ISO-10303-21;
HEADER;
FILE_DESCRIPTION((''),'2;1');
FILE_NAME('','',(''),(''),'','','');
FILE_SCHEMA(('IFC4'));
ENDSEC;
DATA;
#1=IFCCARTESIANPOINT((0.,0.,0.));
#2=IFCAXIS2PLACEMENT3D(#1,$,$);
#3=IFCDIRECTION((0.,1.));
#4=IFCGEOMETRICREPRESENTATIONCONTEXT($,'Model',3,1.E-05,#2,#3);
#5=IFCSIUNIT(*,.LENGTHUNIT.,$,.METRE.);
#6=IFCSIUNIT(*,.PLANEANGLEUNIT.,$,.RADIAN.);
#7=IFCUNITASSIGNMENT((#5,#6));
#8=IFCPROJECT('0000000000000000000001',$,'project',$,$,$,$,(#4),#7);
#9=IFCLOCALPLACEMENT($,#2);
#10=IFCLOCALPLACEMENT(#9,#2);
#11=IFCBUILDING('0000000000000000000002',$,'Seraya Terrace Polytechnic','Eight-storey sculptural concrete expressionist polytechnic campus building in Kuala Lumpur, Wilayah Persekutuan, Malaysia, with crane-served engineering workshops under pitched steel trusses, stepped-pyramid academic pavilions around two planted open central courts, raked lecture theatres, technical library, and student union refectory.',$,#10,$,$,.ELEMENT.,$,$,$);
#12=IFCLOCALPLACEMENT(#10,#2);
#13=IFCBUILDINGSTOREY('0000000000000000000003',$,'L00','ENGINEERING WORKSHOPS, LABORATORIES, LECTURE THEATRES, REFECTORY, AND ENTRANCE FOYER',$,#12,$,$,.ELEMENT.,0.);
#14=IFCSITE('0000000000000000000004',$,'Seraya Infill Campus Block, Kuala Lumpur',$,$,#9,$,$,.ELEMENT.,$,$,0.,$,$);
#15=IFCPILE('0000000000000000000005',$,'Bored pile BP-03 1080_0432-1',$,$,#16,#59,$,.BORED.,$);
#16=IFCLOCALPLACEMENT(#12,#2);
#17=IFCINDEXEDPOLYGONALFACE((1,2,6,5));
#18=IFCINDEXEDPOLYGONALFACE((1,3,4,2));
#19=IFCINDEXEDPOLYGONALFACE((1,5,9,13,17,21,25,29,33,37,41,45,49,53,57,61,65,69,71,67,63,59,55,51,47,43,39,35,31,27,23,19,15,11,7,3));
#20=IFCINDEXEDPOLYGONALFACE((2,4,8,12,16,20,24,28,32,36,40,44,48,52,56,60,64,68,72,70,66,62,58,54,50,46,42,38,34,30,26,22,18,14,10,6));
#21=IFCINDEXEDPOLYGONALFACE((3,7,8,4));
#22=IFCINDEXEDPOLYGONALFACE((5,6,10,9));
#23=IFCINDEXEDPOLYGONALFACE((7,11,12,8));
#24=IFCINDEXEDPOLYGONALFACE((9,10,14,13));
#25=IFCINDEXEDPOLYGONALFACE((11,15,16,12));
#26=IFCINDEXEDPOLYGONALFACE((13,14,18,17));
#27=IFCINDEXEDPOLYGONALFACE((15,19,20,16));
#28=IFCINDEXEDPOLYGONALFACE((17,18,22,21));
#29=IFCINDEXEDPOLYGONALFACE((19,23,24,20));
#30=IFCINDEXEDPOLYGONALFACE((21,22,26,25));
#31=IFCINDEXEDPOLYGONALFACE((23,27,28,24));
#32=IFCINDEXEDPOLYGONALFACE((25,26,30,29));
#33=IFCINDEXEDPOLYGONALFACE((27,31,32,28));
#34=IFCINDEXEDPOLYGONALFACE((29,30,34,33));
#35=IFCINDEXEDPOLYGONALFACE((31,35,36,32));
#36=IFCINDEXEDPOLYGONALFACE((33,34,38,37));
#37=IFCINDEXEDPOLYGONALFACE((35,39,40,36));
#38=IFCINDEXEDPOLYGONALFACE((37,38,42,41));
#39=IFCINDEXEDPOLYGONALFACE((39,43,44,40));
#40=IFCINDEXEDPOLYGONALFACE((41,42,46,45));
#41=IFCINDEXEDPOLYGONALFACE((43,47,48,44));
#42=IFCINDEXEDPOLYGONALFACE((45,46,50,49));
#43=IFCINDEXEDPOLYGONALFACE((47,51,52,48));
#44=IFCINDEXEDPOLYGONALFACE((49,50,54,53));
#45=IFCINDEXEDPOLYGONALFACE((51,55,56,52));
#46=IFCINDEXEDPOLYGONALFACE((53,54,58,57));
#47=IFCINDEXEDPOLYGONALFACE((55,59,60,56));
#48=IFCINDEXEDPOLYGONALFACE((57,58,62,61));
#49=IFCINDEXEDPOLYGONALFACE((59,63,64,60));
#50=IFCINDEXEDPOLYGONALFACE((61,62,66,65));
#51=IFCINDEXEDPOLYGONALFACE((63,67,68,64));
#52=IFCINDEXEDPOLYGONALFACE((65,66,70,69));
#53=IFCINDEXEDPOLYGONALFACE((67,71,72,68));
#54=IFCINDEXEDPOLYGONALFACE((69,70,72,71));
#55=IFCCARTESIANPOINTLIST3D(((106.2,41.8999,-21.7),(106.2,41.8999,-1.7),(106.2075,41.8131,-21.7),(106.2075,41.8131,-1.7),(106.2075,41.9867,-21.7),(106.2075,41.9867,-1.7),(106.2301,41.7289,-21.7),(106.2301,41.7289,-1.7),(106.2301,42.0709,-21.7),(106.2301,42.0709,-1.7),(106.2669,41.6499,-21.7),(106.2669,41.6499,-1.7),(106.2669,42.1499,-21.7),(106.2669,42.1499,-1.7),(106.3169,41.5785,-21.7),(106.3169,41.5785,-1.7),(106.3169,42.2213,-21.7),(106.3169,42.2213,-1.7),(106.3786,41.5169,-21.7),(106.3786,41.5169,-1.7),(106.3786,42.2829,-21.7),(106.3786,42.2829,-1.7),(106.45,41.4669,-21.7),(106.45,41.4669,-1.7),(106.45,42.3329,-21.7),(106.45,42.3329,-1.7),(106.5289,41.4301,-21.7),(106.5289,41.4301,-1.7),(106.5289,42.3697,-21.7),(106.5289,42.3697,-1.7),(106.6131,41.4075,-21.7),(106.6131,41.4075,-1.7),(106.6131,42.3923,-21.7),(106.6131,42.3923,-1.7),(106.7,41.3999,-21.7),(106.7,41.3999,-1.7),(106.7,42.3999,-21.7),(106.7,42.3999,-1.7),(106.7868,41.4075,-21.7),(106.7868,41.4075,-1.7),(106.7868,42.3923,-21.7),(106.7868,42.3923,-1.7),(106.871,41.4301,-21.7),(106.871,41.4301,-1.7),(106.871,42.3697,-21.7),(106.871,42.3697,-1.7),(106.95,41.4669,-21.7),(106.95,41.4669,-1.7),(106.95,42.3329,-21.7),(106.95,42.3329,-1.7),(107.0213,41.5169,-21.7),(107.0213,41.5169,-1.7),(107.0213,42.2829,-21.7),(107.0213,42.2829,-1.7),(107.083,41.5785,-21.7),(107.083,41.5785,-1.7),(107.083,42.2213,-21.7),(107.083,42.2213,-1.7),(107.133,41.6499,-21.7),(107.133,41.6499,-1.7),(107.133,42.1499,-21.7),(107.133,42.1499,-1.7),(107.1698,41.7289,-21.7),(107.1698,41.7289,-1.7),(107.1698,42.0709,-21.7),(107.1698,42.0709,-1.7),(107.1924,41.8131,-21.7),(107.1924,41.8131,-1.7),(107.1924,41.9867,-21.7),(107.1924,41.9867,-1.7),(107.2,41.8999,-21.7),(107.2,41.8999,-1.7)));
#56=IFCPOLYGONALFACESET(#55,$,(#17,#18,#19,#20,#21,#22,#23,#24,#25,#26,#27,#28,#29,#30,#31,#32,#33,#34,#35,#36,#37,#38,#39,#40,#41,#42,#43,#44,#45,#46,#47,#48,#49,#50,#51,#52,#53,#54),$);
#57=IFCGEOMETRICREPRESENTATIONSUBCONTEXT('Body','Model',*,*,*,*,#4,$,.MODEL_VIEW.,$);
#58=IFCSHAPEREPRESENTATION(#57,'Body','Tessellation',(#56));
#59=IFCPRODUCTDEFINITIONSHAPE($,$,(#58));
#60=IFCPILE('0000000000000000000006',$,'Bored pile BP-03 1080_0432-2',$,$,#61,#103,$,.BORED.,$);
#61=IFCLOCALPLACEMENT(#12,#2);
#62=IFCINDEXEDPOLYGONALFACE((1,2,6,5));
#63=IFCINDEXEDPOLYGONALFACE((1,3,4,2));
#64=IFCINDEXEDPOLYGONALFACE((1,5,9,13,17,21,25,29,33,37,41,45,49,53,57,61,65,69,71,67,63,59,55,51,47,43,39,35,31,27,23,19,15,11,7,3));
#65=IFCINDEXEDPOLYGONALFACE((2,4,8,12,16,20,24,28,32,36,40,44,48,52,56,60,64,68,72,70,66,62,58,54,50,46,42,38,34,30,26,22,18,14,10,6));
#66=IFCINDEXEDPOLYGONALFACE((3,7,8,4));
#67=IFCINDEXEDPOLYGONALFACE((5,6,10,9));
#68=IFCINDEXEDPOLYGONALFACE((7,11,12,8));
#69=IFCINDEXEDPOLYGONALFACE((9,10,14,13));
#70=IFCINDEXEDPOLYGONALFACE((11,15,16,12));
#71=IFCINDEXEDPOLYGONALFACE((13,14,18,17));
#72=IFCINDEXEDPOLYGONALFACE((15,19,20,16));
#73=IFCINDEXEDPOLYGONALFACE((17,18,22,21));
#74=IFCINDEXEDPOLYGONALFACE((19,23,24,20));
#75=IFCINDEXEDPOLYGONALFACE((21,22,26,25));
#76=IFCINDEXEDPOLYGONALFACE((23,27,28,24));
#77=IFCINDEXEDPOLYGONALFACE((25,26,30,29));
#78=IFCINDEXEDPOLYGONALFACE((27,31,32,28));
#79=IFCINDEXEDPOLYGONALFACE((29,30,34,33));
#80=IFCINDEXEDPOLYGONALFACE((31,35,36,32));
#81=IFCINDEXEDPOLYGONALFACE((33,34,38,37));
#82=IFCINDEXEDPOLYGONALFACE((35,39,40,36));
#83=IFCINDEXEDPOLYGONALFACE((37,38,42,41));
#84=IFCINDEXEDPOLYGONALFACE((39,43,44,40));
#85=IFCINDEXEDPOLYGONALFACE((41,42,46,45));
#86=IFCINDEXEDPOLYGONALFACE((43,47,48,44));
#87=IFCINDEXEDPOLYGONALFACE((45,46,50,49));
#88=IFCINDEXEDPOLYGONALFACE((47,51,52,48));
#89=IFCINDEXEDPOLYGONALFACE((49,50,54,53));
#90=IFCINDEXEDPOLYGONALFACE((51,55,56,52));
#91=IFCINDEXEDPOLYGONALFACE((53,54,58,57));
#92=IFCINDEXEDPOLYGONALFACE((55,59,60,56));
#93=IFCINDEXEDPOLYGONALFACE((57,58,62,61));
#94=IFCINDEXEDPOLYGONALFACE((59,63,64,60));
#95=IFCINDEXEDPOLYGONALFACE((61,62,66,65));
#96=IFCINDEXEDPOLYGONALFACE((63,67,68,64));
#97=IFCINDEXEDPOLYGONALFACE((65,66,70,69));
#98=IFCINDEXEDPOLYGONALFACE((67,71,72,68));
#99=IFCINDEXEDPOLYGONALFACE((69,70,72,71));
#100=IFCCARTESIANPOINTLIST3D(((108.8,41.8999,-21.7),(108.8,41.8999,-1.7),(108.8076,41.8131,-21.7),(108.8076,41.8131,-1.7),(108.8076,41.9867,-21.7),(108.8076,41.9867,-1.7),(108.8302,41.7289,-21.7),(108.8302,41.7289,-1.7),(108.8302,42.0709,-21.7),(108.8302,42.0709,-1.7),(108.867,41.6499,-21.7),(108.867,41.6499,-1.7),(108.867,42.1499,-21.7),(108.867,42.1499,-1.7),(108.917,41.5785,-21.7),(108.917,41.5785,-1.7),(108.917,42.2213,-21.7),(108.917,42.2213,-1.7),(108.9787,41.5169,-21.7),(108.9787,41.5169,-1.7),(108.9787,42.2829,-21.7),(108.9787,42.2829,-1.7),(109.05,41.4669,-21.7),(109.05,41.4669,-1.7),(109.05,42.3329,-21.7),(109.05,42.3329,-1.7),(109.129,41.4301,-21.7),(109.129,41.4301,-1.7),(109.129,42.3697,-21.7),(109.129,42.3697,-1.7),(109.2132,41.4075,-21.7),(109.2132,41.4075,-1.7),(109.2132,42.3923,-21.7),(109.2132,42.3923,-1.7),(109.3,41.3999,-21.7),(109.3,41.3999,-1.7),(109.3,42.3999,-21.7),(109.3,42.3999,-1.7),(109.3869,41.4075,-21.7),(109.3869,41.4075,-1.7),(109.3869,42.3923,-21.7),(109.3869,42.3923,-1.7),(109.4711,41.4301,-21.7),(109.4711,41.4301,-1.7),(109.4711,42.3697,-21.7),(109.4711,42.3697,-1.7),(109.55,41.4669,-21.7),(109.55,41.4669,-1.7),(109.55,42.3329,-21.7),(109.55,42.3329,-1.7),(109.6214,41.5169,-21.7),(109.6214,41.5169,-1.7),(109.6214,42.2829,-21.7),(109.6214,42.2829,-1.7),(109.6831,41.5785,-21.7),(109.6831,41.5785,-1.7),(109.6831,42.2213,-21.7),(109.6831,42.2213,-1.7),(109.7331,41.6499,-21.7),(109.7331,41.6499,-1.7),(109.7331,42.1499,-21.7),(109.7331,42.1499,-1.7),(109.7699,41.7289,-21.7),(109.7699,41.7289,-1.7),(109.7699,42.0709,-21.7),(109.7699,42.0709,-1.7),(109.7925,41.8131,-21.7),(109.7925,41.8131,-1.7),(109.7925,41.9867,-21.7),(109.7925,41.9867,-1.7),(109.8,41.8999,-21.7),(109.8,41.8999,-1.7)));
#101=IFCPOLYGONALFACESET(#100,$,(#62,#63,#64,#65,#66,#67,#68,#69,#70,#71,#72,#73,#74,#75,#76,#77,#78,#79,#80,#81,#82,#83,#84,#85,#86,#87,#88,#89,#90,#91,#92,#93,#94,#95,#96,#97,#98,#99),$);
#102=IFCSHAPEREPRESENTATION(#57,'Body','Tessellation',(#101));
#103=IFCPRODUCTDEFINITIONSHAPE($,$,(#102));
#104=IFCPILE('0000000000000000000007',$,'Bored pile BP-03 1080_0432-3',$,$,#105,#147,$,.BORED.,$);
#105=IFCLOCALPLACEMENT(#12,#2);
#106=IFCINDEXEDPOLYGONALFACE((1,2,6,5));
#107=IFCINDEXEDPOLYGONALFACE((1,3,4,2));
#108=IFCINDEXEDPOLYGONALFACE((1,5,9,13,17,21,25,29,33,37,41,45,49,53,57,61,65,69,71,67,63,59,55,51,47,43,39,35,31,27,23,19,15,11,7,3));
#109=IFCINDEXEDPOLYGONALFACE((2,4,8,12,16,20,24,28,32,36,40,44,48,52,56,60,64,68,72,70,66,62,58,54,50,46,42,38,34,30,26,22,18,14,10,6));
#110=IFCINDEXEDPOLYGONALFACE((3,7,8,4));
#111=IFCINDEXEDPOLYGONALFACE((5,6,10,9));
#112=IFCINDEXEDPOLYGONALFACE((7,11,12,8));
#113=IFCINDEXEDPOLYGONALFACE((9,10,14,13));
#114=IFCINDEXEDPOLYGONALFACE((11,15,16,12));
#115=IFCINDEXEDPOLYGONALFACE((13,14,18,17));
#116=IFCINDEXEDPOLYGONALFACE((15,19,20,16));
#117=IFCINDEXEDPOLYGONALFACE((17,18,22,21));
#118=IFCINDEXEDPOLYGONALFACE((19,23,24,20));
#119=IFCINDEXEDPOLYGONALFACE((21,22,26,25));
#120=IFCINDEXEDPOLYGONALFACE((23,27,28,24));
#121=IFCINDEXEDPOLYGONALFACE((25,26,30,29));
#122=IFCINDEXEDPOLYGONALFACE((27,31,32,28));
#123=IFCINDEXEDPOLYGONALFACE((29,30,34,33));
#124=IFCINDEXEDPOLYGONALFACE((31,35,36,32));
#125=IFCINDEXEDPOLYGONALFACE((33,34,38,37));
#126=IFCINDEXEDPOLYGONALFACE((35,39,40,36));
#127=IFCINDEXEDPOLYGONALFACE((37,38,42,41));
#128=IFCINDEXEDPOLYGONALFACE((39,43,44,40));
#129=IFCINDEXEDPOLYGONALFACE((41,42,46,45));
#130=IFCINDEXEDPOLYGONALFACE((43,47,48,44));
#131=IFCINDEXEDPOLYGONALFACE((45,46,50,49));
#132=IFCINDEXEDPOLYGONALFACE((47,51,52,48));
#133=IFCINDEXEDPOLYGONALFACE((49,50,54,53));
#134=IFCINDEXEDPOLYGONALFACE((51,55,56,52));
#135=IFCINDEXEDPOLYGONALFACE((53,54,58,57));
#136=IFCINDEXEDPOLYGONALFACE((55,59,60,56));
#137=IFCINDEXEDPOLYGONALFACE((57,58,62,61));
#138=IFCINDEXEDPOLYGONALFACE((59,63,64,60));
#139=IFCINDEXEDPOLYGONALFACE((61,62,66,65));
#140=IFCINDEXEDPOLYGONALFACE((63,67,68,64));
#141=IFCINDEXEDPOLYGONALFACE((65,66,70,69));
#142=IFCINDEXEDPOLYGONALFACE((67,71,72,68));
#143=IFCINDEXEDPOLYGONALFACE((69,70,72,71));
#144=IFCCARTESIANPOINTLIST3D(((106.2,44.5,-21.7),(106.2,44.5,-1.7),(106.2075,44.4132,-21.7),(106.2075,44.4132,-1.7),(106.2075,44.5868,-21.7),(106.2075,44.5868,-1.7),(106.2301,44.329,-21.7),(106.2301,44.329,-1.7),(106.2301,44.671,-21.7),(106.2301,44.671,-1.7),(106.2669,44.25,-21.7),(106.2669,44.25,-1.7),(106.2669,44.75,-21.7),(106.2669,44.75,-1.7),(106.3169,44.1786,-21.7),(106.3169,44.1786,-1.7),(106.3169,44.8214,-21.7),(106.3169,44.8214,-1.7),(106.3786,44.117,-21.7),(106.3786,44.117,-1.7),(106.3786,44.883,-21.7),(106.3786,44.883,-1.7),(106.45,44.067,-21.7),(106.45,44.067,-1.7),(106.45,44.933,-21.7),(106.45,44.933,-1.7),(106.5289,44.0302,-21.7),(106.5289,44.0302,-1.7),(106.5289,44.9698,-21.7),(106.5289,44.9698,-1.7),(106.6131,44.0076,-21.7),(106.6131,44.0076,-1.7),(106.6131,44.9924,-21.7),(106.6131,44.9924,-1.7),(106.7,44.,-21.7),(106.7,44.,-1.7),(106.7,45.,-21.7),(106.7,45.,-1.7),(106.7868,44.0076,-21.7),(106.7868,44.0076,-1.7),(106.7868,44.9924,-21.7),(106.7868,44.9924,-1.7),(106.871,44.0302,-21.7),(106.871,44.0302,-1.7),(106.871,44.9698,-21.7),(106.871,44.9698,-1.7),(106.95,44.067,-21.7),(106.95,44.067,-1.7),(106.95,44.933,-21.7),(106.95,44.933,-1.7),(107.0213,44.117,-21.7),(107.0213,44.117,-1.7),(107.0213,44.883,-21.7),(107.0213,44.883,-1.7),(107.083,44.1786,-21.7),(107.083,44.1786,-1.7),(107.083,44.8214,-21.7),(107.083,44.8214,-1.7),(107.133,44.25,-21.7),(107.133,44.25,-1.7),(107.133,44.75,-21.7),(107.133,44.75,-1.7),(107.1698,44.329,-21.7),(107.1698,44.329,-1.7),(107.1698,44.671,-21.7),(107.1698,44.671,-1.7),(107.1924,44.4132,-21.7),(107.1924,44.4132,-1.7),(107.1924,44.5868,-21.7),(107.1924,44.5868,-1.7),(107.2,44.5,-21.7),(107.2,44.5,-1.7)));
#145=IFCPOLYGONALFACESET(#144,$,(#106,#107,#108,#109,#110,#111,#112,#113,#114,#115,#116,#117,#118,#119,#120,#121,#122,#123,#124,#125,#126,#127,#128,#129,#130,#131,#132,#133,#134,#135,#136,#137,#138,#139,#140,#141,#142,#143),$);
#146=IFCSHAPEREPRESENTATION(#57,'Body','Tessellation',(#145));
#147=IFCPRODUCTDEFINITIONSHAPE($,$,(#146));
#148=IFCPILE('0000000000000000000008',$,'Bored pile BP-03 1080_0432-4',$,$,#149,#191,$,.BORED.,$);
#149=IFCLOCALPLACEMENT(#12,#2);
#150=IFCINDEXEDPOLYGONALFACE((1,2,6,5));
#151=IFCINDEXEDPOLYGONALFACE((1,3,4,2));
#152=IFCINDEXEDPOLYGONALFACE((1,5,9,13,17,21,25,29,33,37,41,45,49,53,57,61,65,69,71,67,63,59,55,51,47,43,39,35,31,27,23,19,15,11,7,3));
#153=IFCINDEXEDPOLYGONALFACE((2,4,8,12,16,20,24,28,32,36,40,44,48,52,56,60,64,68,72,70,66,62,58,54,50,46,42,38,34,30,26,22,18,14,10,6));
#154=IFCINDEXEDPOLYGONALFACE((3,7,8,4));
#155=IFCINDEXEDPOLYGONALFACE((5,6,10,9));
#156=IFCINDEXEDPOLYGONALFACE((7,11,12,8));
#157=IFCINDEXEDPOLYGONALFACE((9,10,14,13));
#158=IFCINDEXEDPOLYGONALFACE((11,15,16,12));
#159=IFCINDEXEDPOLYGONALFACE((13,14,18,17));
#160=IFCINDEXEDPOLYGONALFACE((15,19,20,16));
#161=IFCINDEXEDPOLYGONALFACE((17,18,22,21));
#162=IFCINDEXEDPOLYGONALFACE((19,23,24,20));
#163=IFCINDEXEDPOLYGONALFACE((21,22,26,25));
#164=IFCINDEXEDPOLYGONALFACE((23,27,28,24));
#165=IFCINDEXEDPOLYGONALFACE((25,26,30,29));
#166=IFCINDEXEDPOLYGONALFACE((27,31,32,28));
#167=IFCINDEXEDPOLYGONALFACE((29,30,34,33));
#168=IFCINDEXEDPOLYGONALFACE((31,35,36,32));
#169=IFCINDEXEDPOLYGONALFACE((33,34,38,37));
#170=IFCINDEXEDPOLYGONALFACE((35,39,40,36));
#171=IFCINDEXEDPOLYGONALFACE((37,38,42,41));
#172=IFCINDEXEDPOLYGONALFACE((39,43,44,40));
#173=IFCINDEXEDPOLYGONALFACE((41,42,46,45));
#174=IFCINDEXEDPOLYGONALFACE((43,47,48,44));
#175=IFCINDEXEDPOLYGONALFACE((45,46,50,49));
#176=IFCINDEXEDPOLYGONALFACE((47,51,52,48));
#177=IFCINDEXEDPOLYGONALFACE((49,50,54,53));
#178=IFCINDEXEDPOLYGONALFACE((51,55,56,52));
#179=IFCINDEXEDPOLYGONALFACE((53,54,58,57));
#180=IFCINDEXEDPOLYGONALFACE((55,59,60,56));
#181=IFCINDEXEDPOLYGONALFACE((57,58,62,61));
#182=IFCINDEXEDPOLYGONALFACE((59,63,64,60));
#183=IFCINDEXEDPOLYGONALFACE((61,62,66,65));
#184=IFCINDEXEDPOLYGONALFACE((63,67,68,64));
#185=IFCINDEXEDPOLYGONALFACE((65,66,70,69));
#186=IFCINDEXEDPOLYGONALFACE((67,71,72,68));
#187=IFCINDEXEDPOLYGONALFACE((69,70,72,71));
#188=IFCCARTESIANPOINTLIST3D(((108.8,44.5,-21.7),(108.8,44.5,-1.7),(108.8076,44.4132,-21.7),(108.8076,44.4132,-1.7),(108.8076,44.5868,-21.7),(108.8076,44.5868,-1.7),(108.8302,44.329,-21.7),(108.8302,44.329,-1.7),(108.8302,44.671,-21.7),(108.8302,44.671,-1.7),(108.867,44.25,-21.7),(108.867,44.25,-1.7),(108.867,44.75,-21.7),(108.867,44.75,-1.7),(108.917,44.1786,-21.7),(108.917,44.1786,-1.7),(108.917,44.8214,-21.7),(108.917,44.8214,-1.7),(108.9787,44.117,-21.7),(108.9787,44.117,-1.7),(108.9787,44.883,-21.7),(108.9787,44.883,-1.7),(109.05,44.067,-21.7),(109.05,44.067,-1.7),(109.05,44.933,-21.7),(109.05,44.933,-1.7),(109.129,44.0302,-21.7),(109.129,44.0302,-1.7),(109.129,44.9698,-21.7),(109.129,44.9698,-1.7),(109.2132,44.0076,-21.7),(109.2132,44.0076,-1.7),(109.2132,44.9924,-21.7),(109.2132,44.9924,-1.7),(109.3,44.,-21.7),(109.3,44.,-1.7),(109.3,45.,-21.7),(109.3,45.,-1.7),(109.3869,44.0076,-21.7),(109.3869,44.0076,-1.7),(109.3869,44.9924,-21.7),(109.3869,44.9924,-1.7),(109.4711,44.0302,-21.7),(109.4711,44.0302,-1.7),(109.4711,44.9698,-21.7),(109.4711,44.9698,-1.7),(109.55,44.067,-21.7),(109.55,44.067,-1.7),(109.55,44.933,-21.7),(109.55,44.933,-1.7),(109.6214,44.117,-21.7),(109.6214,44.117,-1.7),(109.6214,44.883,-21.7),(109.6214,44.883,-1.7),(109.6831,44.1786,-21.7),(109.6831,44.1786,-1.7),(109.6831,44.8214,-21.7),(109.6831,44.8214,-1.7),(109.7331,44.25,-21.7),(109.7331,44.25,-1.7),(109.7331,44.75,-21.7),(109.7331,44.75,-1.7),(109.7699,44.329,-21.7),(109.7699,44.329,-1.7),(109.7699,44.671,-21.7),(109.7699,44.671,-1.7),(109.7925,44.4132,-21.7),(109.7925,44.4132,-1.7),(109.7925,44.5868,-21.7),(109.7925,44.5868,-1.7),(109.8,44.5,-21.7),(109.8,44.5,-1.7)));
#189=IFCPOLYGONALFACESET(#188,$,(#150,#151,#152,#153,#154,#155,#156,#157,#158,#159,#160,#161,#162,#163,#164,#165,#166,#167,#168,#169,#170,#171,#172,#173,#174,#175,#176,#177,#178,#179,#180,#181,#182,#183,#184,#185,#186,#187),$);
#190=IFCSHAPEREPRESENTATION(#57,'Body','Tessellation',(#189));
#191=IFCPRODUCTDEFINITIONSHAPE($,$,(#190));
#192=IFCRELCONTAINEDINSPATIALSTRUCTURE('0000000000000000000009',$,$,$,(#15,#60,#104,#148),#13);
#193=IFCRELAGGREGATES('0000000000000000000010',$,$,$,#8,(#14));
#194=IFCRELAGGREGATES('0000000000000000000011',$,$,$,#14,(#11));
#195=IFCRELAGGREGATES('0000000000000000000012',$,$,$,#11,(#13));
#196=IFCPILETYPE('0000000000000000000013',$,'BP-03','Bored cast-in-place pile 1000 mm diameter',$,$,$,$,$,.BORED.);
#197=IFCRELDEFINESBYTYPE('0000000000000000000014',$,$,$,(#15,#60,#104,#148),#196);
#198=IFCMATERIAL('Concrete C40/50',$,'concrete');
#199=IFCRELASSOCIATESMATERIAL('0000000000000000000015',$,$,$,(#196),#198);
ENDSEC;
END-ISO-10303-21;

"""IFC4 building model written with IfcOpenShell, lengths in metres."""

from ifc_helpers import new_model, si_unit, direction, frame, origin, origin_2d, place, context, subcontext, project, spatial, circle, extrude, material, material_profile, profile_set, type_object, element, save


model = new_model("IFC4")

# Units and contexts
model_context = context("Model", 3, precision=1e-05, world=origin(), true_north=direction((0.0, 1.0)))
body_context = subcontext(model_context, "Body", "Model", "MODEL_VIEW")
ifc_project = project(units=[si_unit("LENGTHUNIT", "METRE"), si_unit("PLANEANGLEUNIT", "RADIAN")], contexts=[model_context])

# Site, building, storey
site_placement = place(None, origin())
site = spatial("IfcSite", under=ifc_project, at=site_placement, Name="Seraya Infill Campus Block, Kuala Lumpur", CompositionType="ELEMENT", RefElevation=0.0)
building_placement = place(site_placement, origin())
building = spatial("IfcBuilding", under=site, at=building_placement, Name="Seraya Terrace Polytechnic", Description="Eight-storey sculptural concrete expressionist polytechnic campus building in Kuala Lumpur, Wilayah Persekutuan, Malaysia, with crane-served engineering workshops under pitched steel trusses, stepped-pyramid academic pavilions around two planted open central courts, raked lecture theatres, technical library, and student union refectory.", CompositionType="ELEMENT")
storey_placement = place(building_placement, origin())
storey = spatial("IfcBuildingStorey", under=building, at=storey_placement, Name="L00", Description="ENGINEERING WORKSHOPS, LABORATORIES, LECTURE THEATRES, REFECTORY, AND ENTRANCE FOYER", CompositionType="ELEMENT", Elevation=0.0)

# Piles
ifc_material_1 = material(Name="Concrete C40/50", Category="concrete")
ifc_material_profile_1 = material_profile(ifc_material_1, circle(Radius=0.5, at=origin_2d()), Name="DIA 1000")
ifc_profile_set_1 = profile_set([ifc_material_profile_1], Name="Concrete C40/50")
pile_type_1 = type_object("IfcPileType", Name="BP-03", Description="Bored cast-in-place pile 1000 mm diameter", PredefinedType="BORED", material=ifc_profile_set_1)
for number, where, z_axis, x_axis, name in (
    (1, (106.7, 41.8999, -1.7), (0.0, 0.0, -1.0), (1.0, 0.0, 0.0), "Bored pile BP-03 1080_0432-1"),
    (2, (109.3, 41.8999, -1.7), (0.0, 0.0, -1.0), (1.0, 0.0, 0.0), "Bored pile BP-03 1080_0432-2"),
    (3, (106.7, 44.5, -1.7), (0.0, 0.0, -1.0), (1.0, 0.0, 0.0), "Bored pile BP-03 1080_0432-3"),
    (4, (109.3, 44.5, -1.7), (0.0, 0.0, -1.0), (1.0, 0.0, 0.0), "Bored pile BP-03 1080_0432-4"),
):
    element("IfcPile", number, at=place(storey_placement, frame(where, z_axis=z_axis, x_axis=x_axis)), inside=storey, type_object=pile_type_1, Name=name, PredefinedType="BORED", context=body_context, shape_type="SweptSolid", body=[
        extrude(circle(Radius=0.5, at=origin_2d()), origin(), (0.0, 0.0, 1.0), 20.0),
    ])

save(model, "model.ifc")
